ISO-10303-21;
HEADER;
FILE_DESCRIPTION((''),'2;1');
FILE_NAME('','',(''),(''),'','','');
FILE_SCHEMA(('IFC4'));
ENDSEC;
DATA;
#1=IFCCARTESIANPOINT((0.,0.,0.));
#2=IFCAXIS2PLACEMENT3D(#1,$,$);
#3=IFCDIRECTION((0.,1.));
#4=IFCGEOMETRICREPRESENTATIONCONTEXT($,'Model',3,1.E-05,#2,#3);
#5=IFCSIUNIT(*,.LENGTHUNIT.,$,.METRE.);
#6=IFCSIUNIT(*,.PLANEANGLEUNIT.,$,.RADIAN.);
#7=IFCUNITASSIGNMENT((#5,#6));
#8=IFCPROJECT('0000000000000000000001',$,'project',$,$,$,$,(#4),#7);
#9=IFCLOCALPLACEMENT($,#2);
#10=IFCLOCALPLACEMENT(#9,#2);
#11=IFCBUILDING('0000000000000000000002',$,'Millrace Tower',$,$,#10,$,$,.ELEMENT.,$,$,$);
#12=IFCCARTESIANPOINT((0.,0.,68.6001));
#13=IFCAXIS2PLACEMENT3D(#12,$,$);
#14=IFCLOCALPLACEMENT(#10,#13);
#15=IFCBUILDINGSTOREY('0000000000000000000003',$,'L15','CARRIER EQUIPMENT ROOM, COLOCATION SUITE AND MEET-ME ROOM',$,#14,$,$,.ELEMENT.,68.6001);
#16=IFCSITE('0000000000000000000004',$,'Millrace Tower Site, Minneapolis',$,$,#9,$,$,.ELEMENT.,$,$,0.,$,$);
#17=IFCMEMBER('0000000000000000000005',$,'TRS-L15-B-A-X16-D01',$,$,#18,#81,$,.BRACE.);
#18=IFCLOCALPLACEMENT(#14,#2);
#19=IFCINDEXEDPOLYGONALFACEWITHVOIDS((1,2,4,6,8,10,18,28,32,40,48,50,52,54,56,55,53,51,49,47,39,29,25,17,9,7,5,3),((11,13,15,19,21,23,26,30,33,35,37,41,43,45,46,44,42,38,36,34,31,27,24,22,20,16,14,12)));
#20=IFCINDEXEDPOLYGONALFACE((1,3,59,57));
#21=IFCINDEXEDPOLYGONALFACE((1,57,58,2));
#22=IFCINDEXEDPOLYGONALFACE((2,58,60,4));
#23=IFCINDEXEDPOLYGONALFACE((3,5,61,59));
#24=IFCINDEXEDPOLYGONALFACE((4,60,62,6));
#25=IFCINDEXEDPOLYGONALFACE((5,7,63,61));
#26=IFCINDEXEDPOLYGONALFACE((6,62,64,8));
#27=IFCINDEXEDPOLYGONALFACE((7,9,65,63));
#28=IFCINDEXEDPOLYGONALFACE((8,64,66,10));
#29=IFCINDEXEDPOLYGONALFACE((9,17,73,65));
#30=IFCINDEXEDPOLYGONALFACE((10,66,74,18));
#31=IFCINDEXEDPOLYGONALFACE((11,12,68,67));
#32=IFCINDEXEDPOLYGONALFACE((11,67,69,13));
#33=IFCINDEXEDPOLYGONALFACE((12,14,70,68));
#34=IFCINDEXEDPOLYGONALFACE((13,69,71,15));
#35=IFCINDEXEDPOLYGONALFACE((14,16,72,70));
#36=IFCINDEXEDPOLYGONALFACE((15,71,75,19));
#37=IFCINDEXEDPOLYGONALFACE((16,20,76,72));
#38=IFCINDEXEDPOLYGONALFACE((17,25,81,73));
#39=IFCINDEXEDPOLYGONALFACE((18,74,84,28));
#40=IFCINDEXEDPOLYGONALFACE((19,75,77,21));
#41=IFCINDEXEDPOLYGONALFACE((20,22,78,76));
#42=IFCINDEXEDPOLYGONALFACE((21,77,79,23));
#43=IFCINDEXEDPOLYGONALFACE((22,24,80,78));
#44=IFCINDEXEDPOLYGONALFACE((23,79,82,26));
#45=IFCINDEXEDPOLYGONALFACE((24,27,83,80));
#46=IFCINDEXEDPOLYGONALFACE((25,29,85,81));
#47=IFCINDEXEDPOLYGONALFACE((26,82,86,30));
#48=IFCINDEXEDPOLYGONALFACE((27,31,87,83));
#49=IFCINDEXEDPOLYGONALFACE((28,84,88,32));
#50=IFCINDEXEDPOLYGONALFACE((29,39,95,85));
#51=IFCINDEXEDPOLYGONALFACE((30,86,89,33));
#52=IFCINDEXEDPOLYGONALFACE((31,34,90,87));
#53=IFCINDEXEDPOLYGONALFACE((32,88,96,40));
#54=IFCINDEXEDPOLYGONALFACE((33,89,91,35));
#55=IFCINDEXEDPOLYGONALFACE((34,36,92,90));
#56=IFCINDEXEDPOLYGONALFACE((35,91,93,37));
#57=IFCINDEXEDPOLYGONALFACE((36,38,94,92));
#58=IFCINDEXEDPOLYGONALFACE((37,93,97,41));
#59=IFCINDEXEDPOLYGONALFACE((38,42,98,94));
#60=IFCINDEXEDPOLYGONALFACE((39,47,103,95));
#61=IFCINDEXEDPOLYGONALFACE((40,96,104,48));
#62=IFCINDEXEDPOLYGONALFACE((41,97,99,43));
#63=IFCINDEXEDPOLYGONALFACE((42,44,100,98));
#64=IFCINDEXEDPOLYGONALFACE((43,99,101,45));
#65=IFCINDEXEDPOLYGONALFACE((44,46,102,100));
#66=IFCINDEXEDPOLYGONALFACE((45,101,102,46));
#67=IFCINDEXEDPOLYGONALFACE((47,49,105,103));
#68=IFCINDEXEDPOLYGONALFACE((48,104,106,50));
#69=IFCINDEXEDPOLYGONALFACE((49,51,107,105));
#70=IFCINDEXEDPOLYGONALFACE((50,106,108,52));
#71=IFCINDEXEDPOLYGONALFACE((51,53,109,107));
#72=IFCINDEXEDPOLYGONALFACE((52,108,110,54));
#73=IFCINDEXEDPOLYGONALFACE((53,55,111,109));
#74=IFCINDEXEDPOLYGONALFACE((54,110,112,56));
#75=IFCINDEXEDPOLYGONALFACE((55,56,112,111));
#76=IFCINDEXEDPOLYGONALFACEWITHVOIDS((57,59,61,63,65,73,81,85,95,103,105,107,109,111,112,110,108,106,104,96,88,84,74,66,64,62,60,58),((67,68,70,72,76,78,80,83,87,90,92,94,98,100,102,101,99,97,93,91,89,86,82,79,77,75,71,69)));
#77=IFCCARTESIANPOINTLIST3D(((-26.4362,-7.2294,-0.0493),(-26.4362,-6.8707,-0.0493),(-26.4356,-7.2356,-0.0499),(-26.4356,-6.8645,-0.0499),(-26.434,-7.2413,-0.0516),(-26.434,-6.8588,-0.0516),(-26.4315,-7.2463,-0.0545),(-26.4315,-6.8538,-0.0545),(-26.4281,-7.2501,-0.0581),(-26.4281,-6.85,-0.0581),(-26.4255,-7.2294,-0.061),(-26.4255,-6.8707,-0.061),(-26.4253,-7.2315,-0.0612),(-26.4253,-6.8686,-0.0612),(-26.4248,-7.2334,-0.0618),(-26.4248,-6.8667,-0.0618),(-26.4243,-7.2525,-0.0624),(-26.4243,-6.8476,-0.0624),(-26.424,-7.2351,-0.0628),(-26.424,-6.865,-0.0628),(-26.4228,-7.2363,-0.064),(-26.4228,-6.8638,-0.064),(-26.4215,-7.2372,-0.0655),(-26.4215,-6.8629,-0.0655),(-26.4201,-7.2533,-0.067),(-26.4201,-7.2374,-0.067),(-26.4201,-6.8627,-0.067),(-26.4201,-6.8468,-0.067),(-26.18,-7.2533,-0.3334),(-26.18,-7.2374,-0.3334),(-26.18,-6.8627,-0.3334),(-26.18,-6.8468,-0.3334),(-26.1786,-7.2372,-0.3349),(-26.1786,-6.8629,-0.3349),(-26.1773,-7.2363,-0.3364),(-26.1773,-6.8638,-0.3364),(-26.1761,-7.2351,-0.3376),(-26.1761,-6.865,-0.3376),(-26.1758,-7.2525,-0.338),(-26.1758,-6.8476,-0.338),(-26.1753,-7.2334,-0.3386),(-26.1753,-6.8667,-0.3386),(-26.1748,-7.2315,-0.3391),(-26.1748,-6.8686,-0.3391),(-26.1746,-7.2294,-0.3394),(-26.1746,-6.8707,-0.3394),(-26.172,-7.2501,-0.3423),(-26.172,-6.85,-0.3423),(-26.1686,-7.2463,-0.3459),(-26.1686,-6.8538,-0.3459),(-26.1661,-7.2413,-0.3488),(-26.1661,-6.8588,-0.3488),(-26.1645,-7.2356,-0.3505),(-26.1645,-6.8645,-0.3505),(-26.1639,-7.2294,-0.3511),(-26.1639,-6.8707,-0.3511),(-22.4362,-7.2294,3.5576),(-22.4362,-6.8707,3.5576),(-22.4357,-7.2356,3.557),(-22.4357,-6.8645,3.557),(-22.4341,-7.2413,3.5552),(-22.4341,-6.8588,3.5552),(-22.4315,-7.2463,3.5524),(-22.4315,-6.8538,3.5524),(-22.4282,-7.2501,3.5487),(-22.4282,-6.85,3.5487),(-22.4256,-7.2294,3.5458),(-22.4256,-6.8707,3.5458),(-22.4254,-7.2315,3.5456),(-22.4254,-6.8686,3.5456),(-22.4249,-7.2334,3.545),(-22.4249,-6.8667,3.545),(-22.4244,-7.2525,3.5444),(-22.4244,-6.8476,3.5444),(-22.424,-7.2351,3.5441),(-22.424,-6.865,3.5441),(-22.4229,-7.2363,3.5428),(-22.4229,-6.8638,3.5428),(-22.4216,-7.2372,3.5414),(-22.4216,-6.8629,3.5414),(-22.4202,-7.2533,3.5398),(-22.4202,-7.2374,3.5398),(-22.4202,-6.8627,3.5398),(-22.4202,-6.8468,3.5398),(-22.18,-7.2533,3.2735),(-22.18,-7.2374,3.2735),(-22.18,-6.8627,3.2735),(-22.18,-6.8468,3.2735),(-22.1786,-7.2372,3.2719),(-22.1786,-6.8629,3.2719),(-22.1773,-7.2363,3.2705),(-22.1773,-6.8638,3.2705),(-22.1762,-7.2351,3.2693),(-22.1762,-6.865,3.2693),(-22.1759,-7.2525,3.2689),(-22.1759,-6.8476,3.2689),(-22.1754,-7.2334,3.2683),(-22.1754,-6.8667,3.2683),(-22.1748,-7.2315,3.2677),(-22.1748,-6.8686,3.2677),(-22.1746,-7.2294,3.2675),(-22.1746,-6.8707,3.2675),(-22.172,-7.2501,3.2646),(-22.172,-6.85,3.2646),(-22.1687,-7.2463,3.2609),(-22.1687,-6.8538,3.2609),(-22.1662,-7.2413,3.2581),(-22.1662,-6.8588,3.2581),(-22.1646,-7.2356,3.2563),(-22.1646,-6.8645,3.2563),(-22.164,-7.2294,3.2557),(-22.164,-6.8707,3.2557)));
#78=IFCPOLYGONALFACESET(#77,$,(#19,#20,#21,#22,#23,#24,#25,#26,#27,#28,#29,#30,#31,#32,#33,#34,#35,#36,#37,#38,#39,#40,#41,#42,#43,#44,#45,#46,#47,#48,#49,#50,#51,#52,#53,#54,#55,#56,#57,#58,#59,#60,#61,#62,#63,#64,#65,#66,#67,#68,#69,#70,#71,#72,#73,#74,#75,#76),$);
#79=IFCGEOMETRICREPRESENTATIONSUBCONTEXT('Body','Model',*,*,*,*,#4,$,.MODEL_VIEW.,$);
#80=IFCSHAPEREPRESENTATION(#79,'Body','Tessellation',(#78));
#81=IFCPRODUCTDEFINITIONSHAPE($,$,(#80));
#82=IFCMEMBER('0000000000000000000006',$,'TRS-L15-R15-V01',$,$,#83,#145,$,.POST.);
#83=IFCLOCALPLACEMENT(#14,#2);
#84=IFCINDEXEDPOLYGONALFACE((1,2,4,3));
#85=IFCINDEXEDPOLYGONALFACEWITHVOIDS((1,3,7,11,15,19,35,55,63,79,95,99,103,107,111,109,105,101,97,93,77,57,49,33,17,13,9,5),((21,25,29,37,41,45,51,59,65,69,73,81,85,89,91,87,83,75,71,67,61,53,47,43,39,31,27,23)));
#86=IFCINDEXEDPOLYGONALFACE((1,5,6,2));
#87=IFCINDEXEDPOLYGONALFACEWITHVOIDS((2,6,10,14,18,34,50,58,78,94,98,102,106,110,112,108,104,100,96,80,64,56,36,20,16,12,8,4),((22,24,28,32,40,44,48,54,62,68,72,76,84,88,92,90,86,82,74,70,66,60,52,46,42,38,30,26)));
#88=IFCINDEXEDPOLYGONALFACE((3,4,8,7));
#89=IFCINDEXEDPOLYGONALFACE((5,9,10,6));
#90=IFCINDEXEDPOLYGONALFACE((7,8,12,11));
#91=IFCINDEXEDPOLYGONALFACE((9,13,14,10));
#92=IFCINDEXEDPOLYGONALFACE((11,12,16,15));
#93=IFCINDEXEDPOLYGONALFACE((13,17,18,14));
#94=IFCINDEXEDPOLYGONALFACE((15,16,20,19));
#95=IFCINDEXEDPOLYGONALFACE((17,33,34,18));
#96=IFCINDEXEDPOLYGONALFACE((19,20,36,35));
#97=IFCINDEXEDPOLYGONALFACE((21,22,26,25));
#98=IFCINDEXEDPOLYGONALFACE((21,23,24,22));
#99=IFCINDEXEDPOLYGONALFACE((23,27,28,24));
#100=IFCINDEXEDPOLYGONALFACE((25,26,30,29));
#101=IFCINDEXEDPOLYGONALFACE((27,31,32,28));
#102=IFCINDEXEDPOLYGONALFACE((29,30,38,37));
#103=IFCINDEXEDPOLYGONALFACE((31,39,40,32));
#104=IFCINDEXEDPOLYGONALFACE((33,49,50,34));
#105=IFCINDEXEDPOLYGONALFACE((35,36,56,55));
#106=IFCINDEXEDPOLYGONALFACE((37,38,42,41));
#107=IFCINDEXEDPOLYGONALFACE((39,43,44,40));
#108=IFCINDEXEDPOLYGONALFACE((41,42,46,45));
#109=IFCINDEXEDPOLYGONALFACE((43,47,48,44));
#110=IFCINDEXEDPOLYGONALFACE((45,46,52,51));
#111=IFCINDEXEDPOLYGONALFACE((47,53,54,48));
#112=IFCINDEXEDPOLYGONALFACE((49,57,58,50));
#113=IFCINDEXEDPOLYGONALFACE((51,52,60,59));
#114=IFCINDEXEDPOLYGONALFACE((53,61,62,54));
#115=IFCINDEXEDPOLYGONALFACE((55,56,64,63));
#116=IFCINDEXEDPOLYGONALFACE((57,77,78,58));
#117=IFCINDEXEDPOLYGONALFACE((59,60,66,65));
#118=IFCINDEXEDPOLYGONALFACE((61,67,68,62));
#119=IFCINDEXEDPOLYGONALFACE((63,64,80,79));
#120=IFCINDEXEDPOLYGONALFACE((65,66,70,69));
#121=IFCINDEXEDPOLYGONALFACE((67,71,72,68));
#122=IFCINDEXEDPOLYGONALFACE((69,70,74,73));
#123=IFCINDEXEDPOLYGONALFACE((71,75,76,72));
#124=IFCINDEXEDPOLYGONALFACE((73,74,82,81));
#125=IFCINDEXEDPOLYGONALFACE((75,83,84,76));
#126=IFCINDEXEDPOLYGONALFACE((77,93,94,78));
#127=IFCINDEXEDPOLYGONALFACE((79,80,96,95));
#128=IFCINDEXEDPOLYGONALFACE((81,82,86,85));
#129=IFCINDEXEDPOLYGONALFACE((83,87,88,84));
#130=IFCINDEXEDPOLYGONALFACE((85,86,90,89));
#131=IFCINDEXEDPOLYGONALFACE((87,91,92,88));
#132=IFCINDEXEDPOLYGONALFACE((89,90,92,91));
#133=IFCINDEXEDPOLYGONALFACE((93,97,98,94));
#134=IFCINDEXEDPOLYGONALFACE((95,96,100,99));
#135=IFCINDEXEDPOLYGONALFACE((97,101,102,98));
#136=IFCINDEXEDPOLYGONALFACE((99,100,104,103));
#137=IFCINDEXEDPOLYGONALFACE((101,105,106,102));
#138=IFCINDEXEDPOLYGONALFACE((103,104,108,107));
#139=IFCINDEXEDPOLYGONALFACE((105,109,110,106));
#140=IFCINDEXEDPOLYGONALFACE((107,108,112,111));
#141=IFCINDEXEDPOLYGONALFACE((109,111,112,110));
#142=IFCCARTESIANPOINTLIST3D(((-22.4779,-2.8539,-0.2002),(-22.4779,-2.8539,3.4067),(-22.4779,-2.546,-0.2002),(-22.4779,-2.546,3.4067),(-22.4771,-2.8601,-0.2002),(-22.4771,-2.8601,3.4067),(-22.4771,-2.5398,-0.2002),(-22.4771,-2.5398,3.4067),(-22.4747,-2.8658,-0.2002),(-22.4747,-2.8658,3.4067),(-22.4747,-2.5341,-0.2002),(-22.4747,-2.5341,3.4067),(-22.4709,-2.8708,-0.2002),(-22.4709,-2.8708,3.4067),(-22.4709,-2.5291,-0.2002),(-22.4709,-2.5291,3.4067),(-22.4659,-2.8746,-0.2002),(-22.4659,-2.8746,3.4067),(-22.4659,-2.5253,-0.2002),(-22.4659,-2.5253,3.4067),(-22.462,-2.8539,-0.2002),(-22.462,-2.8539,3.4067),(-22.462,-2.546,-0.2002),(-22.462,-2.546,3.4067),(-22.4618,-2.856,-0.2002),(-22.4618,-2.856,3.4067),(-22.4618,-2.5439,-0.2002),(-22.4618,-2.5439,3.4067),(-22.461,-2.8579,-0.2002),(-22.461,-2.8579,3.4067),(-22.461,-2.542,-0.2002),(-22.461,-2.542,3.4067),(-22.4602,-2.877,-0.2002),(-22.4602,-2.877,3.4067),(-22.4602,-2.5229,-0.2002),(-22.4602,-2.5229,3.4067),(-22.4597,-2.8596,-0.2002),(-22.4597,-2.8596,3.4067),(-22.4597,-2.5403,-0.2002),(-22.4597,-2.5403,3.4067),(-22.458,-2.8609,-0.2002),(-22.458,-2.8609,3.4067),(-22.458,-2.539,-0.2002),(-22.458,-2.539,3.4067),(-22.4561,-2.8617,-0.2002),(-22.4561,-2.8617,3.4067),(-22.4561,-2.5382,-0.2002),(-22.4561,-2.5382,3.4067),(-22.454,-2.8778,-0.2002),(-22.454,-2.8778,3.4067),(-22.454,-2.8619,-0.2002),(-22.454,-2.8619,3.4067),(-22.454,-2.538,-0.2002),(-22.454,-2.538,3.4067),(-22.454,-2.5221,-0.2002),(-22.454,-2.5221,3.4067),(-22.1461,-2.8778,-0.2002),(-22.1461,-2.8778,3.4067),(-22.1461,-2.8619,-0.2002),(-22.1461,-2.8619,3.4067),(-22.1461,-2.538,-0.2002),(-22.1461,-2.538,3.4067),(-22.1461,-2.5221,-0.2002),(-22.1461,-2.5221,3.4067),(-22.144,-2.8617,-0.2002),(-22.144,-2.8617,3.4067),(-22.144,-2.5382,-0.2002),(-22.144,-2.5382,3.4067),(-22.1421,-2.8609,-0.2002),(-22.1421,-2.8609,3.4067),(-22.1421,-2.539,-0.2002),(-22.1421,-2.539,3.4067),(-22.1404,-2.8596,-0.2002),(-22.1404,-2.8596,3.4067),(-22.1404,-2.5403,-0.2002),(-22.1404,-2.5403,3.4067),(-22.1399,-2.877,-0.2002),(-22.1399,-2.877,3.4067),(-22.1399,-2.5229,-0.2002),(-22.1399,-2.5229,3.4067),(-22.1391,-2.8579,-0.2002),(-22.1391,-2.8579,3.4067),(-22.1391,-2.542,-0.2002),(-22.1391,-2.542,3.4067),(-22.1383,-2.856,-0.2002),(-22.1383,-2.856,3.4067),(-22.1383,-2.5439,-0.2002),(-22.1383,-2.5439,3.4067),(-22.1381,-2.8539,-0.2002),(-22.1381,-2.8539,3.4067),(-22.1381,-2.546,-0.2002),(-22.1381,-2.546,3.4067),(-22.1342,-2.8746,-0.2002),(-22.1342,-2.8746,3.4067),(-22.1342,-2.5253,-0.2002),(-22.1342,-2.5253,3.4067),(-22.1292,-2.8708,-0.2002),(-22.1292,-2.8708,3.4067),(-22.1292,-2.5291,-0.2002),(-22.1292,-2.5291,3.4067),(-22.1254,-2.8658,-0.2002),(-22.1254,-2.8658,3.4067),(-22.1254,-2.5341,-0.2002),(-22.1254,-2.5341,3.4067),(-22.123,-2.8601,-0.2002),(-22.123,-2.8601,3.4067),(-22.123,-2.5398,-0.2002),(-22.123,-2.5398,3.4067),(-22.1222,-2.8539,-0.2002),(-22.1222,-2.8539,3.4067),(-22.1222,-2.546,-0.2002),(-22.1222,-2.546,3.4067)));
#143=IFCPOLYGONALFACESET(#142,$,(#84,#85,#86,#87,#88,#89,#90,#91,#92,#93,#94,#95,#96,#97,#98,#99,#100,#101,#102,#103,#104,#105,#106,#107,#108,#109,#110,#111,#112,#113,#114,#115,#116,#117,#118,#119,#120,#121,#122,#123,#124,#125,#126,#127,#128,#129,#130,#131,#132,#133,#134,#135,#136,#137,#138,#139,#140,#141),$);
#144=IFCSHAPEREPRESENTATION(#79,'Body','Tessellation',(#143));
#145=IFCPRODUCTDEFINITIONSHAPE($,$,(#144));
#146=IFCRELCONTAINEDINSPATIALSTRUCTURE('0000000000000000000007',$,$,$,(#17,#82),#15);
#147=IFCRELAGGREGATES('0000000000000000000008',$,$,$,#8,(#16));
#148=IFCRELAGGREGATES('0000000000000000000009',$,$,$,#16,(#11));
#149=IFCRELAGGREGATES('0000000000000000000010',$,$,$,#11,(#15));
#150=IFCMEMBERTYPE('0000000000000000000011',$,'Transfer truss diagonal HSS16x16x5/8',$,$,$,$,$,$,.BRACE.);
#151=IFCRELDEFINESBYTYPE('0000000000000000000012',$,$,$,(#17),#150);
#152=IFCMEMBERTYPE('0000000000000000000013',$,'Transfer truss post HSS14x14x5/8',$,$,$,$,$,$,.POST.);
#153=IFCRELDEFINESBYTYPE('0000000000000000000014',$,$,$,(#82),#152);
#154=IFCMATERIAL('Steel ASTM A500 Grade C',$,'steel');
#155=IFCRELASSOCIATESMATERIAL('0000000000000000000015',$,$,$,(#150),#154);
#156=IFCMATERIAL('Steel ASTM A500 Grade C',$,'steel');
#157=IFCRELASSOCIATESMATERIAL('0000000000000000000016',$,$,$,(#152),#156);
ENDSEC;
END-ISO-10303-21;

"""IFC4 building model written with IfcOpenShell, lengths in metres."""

from ifc_helpers import new_model, si_unit, direction, frame, origin, origin_2d, place, context, subcontext, project, spatial, hollow_rectangle, extrude, material, material_profile, profile_set, type_object, element, save


model = new_model("IFC4")

# Units and contexts
model_context = context("Model", 3, precision=1e-05, world=origin(), true_north=direction((0.0, 1.0)))
body_context = subcontext(model_context, "Body", "Model", "MODEL_VIEW")
ifc_project = project(units=[si_unit("LENGTHUNIT", "METRE"), si_unit("PLANEANGLEUNIT", "RADIAN")], contexts=[model_context])

# Site, building, storey
site_placement = place(None, origin())
site = spatial("IfcSite", under=ifc_project, at=site_placement, Name="Millrace Tower Site, Minneapolis", CompositionType="ELEMENT", RefElevation=0.0)
building_placement = place(site_placement, origin())
building = spatial("IfcBuilding", under=site, at=building_placement, Name="Millrace Tower", CompositionType="ELEMENT")
storey_placement = place(building_placement, frame((0.0, 0.0, 68.6001)))
storey = spatial("IfcBuildingStorey", under=building, at=storey_placement, Name="L15", Description="CARRIER EQUIPMENT ROOM, COLOCATION SUITE AND MEET-ME ROOM", CompositionType="ELEMENT", Elevation=68.6001)

# Members
ifc_material_1 = material(Name="Steel ASTM A500 Grade C", Category="steel")
ifc_material_profile_1 = material_profile(ifc_material_1, hollow_rectangle(XDim=0.4065, YDim=0.4065, WallThickness=0.0159, InnerFilletRadius=0.0081, OuterFilletRadius=0.0239, at=origin_2d()))
ifc_profile_set_1 = profile_set([ifc_material_profile_1], Name="Steel ASTM A500 Grade C")
member_type_1 = type_object("IfcMemberType", Name="Transfer truss diagonal HSS16x16x5/8", PredefinedType="BRACE", material=ifc_profile_set_1)
member_1_placement = place(storey_placement, frame((-26.3, -7.05, -0.2002), z_axis=(0.742654, 0.0, 0.669676), x_axis=(0.0, 1.0, 0.0)))
element("IfcMember", 1, at=member_1_placement, inside=storey, type_object=member_type_1, Name="TRS-L15-B-A-X16-D01", PredefinedType="BRACE", context=body_context, shape_type="SweptSolid", body=[
    extrude(hollow_rectangle(XDim=0.4065, YDim=0.4065, WallThickness=0.0159, InnerFilletRadius=0.0081, OuterFilletRadius=0.0239, at=origin_2d()), origin(), (0.0, 0.0, 1.0), 5.386),
])
ifc_material_2 = material(Name="Steel ASTM A500 Grade C", Category="steel")
ifc_material_profile_2 = material_profile(ifc_material_2, hollow_rectangle(XDim=0.3557, YDim=0.3557, WallThickness=0.0159, InnerFilletRadius=0.0081, OuterFilletRadius=0.0239, at=origin_2d()))
ifc_profile_set_2 = profile_set([ifc_material_profile_2], Name="Steel ASTM A500 Grade C")
member_type_2 = type_object("IfcMemberType", Name="Transfer truss post HSS14x14x5/8", PredefinedType="POST", material=ifc_profile_set_2)
for number, where, z_axis, x_axis, name in (
    (2, (-22.3, -2.7, -0.2002), (0.0, 0.0, 1.0), (1.0, 0.0, 0.0), "TRS-L15-R15-V01"),
):
    element("IfcMember", number, at=place(storey_placement, frame(where, z_axis=z_axis, x_axis=x_axis)), inside=storey, type_object=member_type_2, Name=name, PredefinedType="POST", context=body_context, shape_type="SweptSolid", body=[
        extrude(hollow_rectangle(XDim=0.3557, YDim=0.3557, WallThickness=0.0159, InnerFilletRadius=0.0081, OuterFilletRadius=0.0239, at=origin_2d()), origin(), (0.0, 0.0, 1.0), 3.6069),
    ])

save(model, "model.ifc")
